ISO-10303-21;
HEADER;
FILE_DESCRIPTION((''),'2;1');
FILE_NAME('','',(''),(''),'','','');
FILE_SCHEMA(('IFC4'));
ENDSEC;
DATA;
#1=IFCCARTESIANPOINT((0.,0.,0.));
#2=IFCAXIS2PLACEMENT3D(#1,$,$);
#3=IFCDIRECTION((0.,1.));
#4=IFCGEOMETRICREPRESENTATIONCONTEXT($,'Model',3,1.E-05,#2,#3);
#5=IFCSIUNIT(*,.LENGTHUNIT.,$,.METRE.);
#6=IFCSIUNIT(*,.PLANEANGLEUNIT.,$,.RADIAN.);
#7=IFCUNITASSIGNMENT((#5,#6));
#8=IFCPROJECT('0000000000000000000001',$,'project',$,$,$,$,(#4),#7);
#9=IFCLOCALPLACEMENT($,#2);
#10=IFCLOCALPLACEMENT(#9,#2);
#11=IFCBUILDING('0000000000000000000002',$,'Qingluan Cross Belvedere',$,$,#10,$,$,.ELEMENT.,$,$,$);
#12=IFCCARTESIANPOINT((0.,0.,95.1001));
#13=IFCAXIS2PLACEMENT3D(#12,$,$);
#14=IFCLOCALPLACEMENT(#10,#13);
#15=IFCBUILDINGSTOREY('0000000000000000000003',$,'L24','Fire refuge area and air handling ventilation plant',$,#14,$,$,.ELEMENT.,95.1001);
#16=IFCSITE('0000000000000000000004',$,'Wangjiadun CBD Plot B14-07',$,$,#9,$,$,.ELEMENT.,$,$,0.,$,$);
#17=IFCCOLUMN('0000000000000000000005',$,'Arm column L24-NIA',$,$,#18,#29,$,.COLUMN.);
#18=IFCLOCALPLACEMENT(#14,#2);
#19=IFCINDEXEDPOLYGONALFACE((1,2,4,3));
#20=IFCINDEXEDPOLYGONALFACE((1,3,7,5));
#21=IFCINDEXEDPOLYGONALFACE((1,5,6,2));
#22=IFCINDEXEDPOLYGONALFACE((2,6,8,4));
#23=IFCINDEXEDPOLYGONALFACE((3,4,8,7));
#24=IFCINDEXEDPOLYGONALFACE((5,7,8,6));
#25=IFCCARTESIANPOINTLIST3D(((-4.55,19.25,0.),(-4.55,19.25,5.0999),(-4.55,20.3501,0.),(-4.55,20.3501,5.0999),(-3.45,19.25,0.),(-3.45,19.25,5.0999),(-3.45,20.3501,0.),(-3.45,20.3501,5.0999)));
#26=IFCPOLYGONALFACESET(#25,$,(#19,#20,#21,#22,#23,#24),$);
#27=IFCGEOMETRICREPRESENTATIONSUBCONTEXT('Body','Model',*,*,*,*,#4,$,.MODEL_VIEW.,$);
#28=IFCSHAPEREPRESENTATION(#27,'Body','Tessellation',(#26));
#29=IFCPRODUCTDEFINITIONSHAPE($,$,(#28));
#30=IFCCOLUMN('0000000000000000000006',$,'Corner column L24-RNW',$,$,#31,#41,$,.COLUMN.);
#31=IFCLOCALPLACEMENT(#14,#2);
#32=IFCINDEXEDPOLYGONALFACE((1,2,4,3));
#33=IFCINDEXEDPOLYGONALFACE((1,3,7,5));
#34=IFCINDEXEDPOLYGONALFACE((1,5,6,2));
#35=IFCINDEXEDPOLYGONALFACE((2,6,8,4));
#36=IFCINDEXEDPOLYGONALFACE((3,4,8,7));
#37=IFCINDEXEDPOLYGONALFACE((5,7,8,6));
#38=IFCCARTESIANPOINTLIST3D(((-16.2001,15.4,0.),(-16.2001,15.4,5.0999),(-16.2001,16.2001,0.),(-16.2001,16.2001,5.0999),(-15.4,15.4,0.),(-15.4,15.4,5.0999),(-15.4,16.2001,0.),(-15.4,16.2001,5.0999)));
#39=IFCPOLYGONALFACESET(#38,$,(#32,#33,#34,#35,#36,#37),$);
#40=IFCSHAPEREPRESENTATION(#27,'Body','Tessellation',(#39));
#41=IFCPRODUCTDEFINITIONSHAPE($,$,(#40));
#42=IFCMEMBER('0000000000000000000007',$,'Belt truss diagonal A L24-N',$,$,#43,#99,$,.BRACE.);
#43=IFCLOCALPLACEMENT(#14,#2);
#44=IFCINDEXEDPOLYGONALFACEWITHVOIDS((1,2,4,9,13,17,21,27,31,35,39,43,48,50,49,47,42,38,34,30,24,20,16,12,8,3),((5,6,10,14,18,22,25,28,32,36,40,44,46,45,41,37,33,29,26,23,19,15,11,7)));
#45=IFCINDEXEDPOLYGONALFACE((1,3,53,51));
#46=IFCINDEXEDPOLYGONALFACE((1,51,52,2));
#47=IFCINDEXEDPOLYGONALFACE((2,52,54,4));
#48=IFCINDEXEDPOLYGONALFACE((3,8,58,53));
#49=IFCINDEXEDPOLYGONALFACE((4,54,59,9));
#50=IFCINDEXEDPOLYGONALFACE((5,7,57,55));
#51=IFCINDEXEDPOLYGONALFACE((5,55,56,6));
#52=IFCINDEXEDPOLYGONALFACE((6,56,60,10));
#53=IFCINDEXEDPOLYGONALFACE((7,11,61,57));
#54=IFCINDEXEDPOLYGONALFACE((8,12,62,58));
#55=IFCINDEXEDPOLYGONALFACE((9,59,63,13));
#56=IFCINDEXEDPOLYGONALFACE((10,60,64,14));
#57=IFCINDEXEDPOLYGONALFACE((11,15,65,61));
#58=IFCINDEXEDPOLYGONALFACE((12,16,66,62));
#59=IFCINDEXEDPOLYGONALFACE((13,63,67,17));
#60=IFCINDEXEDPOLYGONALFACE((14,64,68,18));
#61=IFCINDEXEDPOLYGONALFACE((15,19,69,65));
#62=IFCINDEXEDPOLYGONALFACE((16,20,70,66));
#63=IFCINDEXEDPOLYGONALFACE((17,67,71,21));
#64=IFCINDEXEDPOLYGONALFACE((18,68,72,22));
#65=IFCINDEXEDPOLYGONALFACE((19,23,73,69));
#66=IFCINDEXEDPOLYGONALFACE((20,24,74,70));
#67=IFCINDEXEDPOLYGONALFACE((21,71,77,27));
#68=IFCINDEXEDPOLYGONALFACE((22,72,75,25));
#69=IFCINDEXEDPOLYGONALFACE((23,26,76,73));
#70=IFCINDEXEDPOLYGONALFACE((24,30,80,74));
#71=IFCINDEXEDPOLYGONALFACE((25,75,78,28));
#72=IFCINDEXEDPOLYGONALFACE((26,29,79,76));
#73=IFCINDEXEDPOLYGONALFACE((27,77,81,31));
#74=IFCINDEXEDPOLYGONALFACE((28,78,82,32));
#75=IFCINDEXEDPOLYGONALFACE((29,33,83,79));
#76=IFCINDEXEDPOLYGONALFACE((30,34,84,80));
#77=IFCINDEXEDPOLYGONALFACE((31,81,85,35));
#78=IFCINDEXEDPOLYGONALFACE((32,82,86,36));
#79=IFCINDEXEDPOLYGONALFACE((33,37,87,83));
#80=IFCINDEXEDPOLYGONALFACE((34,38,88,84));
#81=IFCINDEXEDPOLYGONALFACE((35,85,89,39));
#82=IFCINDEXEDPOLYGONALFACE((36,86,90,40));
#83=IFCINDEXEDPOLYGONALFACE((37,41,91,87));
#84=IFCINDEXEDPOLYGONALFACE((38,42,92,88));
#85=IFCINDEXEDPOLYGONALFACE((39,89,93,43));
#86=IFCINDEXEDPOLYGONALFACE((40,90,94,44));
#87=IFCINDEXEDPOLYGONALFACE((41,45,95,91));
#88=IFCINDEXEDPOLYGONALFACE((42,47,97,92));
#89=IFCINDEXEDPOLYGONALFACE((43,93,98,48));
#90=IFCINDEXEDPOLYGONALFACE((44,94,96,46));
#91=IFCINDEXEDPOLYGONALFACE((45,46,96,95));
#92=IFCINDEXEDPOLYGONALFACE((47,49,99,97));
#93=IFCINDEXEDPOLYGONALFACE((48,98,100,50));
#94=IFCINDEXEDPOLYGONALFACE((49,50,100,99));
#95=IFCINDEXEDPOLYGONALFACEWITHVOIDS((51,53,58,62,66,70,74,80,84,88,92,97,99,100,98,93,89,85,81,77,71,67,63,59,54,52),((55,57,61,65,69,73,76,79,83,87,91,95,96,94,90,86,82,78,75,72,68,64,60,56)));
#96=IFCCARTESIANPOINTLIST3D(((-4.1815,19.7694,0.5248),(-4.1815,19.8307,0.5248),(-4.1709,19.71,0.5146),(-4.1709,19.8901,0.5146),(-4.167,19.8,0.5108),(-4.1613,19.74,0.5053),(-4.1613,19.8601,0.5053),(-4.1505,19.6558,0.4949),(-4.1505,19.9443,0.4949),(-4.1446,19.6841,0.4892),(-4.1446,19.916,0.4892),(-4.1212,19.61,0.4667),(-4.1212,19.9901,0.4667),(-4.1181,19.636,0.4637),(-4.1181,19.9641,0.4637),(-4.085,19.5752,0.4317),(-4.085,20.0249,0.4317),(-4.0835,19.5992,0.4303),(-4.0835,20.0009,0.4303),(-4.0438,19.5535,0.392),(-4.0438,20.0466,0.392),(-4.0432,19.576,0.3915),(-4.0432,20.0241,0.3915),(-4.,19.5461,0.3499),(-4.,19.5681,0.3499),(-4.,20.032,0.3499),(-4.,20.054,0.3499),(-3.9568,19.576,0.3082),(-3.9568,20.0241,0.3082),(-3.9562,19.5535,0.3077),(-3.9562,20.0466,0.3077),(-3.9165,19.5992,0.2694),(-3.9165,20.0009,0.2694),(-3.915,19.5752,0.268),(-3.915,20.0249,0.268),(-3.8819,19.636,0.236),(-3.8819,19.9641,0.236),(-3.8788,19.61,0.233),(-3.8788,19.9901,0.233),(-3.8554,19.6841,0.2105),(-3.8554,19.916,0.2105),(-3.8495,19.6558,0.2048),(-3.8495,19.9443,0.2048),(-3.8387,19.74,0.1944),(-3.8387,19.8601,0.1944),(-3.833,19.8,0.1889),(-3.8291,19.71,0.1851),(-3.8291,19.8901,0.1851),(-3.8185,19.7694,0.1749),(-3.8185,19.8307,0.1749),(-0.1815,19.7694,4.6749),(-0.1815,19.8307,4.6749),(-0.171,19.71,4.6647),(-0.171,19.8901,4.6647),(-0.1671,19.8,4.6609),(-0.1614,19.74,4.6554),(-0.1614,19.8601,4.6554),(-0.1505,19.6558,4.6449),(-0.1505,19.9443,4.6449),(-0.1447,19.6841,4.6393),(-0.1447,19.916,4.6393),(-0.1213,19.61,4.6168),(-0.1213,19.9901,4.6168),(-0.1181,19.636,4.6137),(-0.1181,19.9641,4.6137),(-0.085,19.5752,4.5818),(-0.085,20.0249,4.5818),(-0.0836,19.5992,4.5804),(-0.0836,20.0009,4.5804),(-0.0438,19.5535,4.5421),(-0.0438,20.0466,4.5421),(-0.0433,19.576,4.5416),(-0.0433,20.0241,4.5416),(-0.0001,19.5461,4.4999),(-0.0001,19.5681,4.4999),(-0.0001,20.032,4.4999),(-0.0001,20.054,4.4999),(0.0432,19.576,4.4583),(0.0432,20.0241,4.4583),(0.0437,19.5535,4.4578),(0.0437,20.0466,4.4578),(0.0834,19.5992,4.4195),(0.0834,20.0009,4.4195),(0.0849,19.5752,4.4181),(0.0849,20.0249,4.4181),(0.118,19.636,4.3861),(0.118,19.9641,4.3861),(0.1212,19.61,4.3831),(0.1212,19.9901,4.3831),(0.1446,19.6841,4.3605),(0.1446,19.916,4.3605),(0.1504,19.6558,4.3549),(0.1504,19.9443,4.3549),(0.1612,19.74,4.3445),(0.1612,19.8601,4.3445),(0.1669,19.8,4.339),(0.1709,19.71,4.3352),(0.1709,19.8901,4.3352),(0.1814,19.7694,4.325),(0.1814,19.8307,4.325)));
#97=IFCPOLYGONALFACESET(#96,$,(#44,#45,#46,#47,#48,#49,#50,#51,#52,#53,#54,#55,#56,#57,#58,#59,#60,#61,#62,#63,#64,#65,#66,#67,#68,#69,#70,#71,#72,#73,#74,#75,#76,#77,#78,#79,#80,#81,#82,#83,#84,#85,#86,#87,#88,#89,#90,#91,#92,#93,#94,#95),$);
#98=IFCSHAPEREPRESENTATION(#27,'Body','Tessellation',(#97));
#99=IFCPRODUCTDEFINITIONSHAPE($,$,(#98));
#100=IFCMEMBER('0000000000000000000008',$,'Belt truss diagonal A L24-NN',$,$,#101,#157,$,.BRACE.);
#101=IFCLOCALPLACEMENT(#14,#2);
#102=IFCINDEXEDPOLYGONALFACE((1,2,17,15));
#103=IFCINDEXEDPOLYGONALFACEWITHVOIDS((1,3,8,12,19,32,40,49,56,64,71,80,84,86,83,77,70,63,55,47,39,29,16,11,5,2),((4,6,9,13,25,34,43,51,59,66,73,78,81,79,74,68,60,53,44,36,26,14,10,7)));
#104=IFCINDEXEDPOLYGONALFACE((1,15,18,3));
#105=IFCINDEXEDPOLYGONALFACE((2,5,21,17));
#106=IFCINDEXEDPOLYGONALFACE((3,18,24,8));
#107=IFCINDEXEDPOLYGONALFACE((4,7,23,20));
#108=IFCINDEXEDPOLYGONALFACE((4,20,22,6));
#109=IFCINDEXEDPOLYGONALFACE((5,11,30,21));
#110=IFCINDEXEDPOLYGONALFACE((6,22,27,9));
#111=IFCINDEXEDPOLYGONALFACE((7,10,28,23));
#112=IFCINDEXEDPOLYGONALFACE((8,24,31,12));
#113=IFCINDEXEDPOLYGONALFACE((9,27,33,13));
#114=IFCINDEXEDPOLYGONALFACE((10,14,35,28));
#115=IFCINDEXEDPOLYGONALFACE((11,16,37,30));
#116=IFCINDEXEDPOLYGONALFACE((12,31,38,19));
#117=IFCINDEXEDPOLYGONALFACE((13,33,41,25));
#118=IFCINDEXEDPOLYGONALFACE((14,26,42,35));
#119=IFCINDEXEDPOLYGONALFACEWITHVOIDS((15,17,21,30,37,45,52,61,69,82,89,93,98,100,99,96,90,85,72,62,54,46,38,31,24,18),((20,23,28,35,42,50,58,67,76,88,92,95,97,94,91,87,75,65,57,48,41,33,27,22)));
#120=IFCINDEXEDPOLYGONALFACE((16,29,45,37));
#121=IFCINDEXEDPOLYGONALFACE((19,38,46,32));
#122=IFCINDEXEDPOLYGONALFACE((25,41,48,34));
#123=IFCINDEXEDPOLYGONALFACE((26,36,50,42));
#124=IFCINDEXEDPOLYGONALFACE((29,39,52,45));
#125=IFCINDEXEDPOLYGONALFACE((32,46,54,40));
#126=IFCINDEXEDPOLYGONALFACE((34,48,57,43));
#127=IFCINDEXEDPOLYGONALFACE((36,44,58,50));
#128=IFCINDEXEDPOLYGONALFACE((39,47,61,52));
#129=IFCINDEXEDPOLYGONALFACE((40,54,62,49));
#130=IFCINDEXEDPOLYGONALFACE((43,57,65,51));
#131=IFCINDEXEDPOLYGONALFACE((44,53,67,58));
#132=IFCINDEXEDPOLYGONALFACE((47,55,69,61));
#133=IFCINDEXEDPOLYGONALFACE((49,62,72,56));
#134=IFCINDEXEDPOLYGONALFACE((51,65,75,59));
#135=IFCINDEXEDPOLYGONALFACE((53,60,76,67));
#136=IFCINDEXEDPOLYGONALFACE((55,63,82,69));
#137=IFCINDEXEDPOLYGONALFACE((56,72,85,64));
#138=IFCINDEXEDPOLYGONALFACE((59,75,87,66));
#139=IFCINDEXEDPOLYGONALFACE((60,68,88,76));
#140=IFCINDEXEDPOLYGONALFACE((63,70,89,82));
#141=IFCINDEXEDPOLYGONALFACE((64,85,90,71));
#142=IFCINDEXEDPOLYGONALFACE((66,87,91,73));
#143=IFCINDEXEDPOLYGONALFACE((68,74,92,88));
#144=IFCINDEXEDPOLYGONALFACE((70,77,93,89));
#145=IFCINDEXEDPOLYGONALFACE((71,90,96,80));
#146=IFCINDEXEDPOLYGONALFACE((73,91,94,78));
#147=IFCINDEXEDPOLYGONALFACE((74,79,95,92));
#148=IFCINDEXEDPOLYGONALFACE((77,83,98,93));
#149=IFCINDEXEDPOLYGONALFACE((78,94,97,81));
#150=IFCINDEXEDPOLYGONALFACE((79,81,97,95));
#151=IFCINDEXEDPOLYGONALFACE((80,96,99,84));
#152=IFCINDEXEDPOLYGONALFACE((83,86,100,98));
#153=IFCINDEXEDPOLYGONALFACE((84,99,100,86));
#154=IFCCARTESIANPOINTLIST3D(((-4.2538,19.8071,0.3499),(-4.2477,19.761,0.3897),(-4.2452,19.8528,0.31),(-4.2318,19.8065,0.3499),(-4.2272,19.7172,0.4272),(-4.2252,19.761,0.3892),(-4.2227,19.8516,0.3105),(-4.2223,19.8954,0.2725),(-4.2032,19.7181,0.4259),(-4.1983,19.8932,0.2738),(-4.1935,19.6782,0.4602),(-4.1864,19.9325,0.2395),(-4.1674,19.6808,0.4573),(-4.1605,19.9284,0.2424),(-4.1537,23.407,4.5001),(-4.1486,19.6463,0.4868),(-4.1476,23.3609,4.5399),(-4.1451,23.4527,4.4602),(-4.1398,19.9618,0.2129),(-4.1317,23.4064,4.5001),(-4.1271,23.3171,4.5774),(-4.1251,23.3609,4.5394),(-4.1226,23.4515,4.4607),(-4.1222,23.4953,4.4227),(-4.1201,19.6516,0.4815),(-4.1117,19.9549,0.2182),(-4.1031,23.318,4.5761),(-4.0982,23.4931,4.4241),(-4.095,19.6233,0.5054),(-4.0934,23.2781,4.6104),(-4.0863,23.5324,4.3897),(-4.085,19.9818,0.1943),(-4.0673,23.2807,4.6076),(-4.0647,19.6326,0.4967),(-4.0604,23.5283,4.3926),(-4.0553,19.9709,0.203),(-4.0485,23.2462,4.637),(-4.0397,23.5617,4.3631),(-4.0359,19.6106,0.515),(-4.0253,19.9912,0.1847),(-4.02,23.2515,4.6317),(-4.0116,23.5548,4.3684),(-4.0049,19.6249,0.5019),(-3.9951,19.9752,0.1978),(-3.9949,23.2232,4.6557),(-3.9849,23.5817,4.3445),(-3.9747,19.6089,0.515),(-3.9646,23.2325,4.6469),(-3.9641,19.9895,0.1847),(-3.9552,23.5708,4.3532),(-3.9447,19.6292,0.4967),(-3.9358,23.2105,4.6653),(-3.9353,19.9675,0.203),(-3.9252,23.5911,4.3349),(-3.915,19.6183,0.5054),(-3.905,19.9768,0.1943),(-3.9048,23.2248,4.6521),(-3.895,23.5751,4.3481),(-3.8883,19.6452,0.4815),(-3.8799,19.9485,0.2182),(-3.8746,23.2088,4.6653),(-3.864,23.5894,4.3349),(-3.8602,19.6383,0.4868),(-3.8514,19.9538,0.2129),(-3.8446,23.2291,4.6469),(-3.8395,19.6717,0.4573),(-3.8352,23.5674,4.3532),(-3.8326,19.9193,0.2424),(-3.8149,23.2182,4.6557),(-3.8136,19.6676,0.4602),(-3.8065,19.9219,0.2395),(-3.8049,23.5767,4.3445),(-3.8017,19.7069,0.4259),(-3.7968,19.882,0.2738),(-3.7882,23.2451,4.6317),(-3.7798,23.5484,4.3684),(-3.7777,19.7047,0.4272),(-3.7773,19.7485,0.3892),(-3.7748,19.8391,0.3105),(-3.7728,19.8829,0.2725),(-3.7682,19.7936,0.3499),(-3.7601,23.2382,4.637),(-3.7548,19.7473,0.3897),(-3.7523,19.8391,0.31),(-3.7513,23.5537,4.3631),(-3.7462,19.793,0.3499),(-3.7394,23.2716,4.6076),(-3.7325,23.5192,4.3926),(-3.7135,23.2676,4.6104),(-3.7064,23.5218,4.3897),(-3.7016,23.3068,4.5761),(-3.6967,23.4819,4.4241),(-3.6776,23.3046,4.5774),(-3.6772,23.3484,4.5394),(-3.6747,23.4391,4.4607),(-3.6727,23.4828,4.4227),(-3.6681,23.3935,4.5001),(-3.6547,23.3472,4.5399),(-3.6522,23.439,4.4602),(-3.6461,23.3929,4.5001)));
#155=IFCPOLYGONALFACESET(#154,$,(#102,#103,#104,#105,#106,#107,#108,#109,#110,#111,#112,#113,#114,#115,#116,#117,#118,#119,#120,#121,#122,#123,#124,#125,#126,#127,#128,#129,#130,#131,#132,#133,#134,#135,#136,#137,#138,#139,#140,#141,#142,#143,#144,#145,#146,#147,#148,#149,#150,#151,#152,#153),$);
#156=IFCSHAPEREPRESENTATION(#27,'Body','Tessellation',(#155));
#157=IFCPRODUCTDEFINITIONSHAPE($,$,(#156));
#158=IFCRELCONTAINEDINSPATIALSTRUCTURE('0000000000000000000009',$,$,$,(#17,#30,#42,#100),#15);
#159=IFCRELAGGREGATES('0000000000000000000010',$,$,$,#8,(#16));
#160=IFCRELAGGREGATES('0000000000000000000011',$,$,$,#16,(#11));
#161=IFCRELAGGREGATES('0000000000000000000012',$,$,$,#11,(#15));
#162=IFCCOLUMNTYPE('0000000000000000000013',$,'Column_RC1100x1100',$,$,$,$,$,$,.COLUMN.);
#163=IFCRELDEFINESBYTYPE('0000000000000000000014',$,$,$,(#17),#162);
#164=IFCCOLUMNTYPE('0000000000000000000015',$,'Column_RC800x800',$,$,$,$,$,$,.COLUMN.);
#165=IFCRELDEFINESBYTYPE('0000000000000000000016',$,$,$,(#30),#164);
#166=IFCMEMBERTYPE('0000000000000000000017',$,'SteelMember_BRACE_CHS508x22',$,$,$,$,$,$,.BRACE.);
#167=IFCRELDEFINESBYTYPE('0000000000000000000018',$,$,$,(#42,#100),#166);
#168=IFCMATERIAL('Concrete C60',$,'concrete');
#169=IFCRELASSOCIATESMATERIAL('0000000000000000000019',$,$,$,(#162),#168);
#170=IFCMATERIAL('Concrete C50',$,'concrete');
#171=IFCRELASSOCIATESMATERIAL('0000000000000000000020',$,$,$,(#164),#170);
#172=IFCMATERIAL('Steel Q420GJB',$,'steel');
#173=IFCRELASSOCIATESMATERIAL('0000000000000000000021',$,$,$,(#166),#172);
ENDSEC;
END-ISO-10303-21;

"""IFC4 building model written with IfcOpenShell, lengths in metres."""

from ifc_helpers import new_model, si_unit, direction, frame, origin, origin_2d, place, context, subcontext, project, spatial, rectangle, hollow_circle, extrude, material, material_profile, profile_set, type_object, element, save


model = new_model("IFC4")

# Units and contexts
model_context = context("Model", 3, precision=1e-05, world=origin(), true_north=direction((0.0, 1.0)))
body_context = subcontext(model_context, "Body", "Model", "MODEL_VIEW")
ifc_project = project(units=[si_unit("LENGTHUNIT", "METRE"), si_unit("PLANEANGLEUNIT", "RADIAN")], contexts=[model_context])

# Site, building, storey
site_placement = place(None, origin())
site = spatial("IfcSite", under=ifc_project, at=site_placement, Name="Wangjiadun CBD Plot B14-07", CompositionType="ELEMENT", RefElevation=0.0)
building_placement = place(site_placement, origin())
building = spatial("IfcBuilding", under=site, at=building_placement, Name="Qingluan Cross Belvedere", CompositionType="ELEMENT")
storey_placement = place(building_placement, frame((0.0, 0.0, 95.1001)))
storey = spatial("IfcBuildingStorey", under=building, at=storey_placement, Name="L24", Description="Fire refuge area and air handling ventilation plant", CompositionType="ELEMENT", Elevation=95.1001)

# Columns
ifc_material_1 = material(Name="Concrete C60", Category="concrete")
ifc_material_profile_1 = material_profile(ifc_material_1, rectangle(XDim=1.1001, YDim=1.1001, at=origin_2d()), Name="RC1100x1100")
ifc_profile_set_1 = profile_set([ifc_material_profile_1], Name="Concrete C60")
column_type_1 = type_object("IfcColumnType", Name="Column_RC1100x1100", PredefinedType="COLUMN", material=ifc_profile_set_1)
column_1_placement = place(storey_placement, frame((-4.0, 19.8, 0.0), z_axis=(0.0, 0.0, 1.0), x_axis=(1.0, 0.0, 0.0)))
element("IfcColumn", 1, at=column_1_placement, inside=storey, type_object=column_type_1, Name="Arm column L24-NIA", PredefinedType="COLUMN", context=body_context, shape_type="SweptSolid", body=[
    extrude(rectangle(XDim=1.1001, YDim=1.1001, at=origin_2d()), origin(), (0.0, 0.0, 1.0), 5.0999),
])
ifc_material_2 = material(Name="Concrete C50", Category="concrete")
ifc_material_profile_2 = material_profile(ifc_material_2, rectangle(XDim=0.8, YDim=0.8, at=origin_2d()), Name="RC800x800")
ifc_profile_set_2 = profile_set([ifc_material_profile_2], Name="Concrete C50")
column_type_2 = type_object("IfcColumnType", Name="Column_RC800x800", PredefinedType="COLUMN", material=ifc_profile_set_2)
column_2_placement = place(storey_placement, frame((-15.8, 15.8, 0.0), z_axis=(0.0, 0.0, 1.0), x_axis=(1.0, 0.0, 0.0)))
element("IfcColumn", 2, at=column_2_placement, inside=storey, type_object=column_type_2, Name="Corner column L24-RNW", PredefinedType="COLUMN", context=body_context, shape_type="SweptSolid", body=[
    extrude(rectangle(XDim=0.8, YDim=0.8, at=origin_2d()), origin(), (0.0, 0.0, 1.0), 5.0999),
])

# Members
ifc_material_3 = material(Name="Steel Q420GJB", Category="steel")
ifc_material_profile_3 = material_profile(ifc_material_3, hollow_circle(Radius=0.2539, WallThickness=0.022, at=origin_2d()), Name="CHS508x22")
ifc_profile_set_3 = profile_set([ifc_material_profile_3], Name="Steel Q420GJB")
member_type_1 = type_object("IfcMemberType", Name="SteelMember_BRACE_CHS508x22", PredefinedType="BRACE", material=ifc_profile_set_3)
member_1_placement = place(storey_placement, frame((-4.0, 19.8, 0.3499), z_axis=(0.693962, 0.0, 0.720011), x_axis=(0.0, 1.0, 0.0)))
element("IfcMember", 3, at=member_1_placement, inside=storey, type_object=member_type_1, Name="Belt truss diagonal A L24-N", PredefinedType="BRACE", context=body_context, shape_type="SweptSolid", body=[
    extrude(hollow_circle(Radius=0.2539, WallThickness=0.022, at=origin_2d()), origin(), (0.0, 0.0, 1.0), 5.7639),
])
member_2_placement = place(storey_placement, frame((-4.0, 19.8, 0.3499), z_axis=(0.018217, 0.65514, 0.755288), x_axis=(-0.999614, 0.027795, 0.0)))
element("IfcMember", 4, at=member_2_placement, inside=storey, type_object=member_type_1, Name="Belt truss diagonal A L24-NN", PredefinedType="BRACE", context=body_context, shape_type="SweptSolid", body=[
    extrude(hollow_circle(Radius=0.2539, WallThickness=0.022, at=origin_2d()), origin(), (0.0, 0.0, 1.0), 5.4949),
])

save(model, "model.ifc")
